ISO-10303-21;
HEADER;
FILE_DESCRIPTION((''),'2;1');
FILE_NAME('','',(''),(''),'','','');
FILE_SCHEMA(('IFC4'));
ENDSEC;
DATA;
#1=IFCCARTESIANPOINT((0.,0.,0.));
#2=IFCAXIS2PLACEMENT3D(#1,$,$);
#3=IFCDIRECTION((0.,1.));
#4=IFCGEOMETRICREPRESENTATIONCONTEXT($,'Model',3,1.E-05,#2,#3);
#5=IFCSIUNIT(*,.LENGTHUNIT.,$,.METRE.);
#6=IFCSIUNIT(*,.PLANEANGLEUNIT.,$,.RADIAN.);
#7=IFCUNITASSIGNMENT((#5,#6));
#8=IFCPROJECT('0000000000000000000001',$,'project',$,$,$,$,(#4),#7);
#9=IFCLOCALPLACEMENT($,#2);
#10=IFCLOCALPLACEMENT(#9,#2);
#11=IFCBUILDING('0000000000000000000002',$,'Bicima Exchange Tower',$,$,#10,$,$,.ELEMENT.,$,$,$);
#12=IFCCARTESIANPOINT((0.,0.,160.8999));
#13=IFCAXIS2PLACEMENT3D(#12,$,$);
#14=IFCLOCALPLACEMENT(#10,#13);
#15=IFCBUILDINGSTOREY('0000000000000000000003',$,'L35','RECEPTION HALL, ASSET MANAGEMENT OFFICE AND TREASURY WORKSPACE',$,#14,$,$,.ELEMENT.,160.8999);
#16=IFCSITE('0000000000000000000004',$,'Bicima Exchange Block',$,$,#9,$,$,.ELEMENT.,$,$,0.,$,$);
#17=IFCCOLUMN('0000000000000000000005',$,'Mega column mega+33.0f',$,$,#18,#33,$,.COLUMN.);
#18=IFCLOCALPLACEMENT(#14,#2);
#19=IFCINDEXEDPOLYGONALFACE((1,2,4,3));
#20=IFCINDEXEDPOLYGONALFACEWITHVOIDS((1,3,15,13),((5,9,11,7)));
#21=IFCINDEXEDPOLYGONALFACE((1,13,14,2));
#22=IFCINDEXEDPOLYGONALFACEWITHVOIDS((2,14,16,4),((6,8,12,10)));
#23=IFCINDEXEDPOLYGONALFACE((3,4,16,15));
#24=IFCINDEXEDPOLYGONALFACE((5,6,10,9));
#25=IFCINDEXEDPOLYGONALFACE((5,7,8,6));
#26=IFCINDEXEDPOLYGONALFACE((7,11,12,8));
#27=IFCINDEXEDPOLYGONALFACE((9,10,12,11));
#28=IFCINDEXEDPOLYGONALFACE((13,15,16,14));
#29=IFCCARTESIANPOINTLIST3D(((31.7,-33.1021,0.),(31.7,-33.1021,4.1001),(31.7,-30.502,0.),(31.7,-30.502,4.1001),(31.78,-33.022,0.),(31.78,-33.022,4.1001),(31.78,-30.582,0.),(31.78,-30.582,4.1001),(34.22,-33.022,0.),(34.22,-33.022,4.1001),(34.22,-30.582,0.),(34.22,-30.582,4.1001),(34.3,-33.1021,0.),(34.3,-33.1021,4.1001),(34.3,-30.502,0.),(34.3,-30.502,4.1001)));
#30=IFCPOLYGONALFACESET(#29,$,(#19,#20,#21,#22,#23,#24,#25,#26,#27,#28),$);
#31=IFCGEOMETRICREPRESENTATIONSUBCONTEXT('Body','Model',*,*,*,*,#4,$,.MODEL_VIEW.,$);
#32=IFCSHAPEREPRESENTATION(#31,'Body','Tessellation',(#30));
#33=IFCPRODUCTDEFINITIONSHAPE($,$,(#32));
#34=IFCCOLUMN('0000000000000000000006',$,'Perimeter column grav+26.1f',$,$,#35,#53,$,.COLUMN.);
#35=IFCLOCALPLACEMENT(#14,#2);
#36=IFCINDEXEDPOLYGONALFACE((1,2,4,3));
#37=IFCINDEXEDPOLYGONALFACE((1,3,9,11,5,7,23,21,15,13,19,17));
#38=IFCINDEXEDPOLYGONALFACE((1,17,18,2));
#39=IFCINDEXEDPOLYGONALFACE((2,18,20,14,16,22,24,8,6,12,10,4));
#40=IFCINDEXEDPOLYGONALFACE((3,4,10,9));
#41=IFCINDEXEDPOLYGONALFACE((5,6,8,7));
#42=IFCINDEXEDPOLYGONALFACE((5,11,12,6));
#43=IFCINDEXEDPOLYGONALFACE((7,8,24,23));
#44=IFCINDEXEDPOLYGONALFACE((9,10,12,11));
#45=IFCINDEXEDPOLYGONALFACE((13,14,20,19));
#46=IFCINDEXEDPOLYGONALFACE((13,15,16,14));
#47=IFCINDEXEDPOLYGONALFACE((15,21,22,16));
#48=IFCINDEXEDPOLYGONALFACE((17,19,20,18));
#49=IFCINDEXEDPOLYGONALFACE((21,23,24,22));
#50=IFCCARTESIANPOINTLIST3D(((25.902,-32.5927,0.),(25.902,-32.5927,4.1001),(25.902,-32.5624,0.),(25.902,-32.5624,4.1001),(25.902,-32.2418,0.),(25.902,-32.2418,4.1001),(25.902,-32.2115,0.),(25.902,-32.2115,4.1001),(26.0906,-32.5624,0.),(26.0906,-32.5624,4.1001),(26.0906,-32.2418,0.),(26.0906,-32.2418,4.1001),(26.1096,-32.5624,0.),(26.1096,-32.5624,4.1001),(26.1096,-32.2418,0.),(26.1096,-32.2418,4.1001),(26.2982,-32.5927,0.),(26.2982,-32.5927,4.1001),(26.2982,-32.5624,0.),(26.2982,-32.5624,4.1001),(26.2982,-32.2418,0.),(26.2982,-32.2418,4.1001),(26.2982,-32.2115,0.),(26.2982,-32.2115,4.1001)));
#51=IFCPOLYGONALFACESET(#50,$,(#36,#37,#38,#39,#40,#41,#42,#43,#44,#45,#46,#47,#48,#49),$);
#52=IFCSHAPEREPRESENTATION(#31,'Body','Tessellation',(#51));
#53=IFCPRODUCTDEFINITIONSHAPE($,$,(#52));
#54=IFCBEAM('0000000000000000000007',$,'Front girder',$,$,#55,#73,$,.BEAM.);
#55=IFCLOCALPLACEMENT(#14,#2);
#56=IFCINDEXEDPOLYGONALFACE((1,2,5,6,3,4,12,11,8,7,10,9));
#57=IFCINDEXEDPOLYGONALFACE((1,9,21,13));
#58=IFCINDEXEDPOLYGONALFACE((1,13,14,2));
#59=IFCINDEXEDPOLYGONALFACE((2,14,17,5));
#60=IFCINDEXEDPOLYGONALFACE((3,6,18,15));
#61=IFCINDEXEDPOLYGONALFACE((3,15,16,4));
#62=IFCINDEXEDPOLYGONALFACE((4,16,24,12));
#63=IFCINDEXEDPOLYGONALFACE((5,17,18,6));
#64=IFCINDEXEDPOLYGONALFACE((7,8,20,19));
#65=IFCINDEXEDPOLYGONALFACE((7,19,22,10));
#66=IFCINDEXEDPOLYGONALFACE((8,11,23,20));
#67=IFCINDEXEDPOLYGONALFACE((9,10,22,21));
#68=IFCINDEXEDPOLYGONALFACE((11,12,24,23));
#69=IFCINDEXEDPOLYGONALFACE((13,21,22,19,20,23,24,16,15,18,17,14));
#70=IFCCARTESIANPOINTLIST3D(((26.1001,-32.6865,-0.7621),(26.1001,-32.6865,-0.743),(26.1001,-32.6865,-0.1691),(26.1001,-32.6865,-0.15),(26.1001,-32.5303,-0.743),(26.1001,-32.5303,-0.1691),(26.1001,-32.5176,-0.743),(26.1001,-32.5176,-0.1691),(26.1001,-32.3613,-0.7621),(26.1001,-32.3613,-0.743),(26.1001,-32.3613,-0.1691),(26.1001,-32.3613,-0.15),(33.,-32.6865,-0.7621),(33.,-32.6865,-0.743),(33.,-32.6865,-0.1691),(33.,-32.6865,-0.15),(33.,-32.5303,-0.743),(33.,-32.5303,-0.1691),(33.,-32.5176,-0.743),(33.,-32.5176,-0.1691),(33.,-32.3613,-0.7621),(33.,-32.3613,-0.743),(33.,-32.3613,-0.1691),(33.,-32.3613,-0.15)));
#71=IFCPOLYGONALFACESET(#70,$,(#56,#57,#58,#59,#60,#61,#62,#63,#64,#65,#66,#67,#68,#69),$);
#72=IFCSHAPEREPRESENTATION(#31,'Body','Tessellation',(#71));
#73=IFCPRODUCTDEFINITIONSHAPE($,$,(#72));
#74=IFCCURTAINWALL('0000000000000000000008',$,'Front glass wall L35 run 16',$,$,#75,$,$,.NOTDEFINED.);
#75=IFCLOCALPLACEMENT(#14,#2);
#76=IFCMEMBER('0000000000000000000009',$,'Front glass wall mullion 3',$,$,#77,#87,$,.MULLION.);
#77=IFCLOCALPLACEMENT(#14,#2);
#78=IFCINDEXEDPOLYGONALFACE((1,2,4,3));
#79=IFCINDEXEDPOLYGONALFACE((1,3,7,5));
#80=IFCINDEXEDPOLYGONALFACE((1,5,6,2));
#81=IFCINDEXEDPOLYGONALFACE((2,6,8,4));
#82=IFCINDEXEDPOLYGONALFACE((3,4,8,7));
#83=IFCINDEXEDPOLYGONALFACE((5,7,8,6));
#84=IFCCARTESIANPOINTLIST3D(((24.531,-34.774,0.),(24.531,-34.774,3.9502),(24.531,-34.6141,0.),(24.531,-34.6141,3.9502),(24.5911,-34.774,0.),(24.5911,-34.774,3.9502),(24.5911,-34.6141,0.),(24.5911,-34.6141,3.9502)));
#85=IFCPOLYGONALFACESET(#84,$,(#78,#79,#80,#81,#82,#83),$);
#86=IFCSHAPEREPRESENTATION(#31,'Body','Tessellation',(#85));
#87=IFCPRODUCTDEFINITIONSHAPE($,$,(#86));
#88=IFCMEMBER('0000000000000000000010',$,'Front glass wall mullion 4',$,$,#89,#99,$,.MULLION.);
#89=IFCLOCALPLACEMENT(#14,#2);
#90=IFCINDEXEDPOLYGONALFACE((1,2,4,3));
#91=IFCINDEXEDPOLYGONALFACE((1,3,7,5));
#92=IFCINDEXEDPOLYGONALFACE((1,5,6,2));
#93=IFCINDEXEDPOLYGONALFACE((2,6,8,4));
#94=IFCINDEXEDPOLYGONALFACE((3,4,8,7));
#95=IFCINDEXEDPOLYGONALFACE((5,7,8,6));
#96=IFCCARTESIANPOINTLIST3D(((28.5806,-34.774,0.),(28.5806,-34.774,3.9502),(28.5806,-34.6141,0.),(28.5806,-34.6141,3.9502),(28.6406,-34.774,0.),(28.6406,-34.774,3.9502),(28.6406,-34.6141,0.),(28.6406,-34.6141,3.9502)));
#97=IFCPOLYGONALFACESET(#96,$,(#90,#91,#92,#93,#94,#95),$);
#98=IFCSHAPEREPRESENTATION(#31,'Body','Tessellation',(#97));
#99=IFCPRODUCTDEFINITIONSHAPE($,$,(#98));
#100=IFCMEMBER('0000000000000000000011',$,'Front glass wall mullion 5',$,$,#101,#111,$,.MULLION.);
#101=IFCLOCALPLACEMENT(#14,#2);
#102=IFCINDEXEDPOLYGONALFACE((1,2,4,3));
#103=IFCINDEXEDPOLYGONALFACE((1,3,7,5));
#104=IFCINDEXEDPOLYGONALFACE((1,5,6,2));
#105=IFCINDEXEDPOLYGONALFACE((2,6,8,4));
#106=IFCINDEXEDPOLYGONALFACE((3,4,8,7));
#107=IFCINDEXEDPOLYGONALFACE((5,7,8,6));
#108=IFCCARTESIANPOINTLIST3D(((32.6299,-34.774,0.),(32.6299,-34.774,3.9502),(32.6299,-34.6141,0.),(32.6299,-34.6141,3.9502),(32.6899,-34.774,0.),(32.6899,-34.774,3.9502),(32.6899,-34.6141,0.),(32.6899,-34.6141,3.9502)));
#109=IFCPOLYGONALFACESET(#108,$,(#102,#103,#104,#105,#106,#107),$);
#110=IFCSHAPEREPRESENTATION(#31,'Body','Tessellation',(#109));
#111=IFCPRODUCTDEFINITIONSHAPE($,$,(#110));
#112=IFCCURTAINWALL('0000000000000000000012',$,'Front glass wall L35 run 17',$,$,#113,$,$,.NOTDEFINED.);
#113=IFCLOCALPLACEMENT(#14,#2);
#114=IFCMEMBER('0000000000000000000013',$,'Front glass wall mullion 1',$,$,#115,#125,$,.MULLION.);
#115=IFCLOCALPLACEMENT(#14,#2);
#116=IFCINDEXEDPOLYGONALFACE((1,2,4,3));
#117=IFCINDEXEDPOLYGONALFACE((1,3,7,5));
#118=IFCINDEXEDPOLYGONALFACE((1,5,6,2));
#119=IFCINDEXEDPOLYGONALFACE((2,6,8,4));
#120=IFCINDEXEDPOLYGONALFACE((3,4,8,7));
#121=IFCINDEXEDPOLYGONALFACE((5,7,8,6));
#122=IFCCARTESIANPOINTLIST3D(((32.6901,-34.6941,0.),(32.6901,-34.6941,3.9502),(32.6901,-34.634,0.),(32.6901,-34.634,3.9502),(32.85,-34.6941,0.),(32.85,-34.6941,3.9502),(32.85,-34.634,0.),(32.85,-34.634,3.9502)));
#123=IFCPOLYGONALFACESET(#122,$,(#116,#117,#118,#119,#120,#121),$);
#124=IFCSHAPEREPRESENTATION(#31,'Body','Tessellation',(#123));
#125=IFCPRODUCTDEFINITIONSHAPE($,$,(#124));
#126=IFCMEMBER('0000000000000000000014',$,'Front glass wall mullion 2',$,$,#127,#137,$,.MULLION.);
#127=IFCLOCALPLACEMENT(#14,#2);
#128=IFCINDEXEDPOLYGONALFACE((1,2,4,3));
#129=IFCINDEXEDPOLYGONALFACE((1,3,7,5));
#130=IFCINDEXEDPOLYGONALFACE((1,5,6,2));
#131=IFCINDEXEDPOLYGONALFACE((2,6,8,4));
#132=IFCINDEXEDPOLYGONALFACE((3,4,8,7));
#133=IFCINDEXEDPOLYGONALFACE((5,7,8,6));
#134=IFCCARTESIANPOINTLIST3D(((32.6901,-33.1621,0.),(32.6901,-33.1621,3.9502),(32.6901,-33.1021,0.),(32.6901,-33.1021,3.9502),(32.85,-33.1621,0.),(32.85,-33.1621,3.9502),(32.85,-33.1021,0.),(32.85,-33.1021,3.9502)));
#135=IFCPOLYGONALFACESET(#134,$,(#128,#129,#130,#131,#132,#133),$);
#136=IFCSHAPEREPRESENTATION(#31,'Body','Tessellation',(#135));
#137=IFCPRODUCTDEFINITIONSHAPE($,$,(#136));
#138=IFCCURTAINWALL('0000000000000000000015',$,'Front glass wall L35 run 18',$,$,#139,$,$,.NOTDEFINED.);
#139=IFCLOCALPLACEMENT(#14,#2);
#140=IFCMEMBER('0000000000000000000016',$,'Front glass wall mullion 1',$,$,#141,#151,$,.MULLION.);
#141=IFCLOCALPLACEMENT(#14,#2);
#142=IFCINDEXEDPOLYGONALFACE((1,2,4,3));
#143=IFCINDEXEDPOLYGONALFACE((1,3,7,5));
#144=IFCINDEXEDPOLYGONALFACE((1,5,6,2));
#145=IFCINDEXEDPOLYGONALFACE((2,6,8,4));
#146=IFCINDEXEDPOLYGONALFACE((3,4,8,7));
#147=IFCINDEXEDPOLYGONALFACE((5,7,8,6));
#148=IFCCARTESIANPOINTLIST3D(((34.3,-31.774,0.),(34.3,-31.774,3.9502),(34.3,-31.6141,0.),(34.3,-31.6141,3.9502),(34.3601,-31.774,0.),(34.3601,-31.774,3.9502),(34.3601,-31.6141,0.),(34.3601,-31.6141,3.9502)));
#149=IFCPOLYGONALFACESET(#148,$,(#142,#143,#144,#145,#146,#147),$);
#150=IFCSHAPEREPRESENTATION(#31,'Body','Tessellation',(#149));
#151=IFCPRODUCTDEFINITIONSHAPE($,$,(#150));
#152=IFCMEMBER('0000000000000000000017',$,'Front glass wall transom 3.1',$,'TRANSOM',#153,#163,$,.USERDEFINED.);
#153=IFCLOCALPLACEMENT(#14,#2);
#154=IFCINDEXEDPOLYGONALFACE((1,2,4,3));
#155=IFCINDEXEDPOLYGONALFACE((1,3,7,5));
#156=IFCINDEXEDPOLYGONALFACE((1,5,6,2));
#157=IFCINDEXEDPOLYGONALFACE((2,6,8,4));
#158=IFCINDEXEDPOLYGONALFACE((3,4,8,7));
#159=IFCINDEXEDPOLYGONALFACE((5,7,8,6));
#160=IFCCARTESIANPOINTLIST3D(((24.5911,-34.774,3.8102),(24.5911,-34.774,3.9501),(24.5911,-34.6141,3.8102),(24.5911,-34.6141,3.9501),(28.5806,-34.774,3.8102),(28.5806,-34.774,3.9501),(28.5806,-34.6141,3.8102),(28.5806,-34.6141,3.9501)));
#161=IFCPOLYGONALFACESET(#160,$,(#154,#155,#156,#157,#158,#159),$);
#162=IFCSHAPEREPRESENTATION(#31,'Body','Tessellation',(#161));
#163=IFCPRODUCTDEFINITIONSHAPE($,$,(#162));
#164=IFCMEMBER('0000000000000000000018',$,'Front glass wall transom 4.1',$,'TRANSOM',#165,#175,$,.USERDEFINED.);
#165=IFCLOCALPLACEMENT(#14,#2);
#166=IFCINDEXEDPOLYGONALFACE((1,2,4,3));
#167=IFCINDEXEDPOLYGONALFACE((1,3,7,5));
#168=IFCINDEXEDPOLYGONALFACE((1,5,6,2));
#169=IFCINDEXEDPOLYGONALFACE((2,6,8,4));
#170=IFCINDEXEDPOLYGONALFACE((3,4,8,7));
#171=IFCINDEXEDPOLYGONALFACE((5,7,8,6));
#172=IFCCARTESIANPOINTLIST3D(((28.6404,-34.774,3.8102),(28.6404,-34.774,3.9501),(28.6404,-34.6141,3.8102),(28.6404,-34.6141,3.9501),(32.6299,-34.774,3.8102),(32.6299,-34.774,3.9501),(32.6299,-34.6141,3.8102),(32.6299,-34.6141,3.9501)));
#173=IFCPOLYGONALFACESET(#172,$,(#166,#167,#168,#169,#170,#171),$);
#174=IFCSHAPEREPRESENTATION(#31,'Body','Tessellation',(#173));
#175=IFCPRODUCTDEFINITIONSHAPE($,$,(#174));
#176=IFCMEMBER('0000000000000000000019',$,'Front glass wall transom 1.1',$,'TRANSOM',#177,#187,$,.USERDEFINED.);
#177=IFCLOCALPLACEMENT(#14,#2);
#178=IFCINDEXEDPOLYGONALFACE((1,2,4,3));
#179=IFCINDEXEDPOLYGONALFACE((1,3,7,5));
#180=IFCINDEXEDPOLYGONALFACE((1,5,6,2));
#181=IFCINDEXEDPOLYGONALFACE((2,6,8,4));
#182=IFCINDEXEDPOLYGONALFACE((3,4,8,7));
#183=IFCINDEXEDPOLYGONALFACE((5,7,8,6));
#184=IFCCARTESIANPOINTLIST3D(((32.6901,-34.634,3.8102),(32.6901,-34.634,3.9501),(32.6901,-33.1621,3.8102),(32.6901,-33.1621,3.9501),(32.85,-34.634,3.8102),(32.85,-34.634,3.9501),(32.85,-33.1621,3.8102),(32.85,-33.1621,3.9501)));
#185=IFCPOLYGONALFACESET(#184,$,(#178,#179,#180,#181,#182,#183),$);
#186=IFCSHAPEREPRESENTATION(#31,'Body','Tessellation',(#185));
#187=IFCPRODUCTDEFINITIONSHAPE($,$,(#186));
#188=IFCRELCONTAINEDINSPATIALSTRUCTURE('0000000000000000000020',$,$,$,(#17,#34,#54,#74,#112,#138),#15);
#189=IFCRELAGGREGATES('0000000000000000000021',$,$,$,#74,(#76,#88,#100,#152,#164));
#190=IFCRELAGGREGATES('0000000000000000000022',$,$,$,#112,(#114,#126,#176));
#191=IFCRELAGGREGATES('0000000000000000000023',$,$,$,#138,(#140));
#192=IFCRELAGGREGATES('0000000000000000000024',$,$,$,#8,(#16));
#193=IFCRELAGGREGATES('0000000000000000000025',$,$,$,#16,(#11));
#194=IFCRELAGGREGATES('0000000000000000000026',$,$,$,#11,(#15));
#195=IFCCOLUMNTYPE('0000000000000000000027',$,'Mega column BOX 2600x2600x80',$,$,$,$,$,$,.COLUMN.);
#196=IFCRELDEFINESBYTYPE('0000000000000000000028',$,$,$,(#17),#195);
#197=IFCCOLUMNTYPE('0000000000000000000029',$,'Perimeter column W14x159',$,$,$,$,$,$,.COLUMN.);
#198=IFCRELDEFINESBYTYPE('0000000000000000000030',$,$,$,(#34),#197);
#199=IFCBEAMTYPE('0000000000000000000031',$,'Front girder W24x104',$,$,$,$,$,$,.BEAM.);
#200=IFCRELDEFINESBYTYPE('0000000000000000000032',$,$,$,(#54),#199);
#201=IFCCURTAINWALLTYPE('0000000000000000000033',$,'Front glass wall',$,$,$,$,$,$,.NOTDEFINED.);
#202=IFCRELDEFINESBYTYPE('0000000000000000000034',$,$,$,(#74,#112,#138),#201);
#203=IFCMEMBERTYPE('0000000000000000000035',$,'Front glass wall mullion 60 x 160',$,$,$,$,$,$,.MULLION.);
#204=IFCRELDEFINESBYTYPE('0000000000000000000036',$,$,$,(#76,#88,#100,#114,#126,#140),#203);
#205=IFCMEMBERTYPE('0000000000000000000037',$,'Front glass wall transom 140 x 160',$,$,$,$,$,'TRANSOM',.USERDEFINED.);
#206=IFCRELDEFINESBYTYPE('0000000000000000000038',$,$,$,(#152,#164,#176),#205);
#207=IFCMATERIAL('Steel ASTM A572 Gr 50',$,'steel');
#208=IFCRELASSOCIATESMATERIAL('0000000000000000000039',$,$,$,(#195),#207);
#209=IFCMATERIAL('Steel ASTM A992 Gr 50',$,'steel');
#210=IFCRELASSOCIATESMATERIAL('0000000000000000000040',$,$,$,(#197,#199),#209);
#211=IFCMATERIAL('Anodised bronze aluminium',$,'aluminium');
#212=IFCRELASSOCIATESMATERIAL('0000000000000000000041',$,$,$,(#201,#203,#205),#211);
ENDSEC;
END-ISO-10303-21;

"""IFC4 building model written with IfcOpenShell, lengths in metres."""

from ifc_helpers import new_model, si_unit, direction, frame, origin, origin_2d, place, context, subcontext, project, spatial, rectangle, hollow_rectangle, i_section, extrude, material, material_profile, profile_set, type_object, element, aggregate, save


model = new_model("IFC4")

# Units and contexts
model_context = context("Model", 3, precision=1e-05, world=origin(), true_north=direction((0.0, 1.0)))
body_context = subcontext(model_context, "Body", "Model", "MODEL_VIEW")
ifc_project = project(units=[si_unit("LENGTHUNIT", "METRE"), si_unit("PLANEANGLEUNIT", "RADIAN")], contexts=[model_context])

# Site, building, storey
site_placement = place(None, origin())
site = spatial("IfcSite", under=ifc_project, at=site_placement, Name="Bicima Exchange Block", CompositionType="ELEMENT", RefElevation=0.0)
building_placement = place(site_placement, origin())
building = spatial("IfcBuilding", under=site, at=building_placement, Name="Bicima Exchange Tower", CompositionType="ELEMENT")
storey_placement = place(building_placement, frame((0.0, 0.0, 160.8999)))
storey = spatial("IfcBuildingStorey", under=building, at=storey_placement, Name="L35", Description="RECEPTION HALL, ASSET MANAGEMENT OFFICE AND TREASURY WORKSPACE", CompositionType="ELEMENT", Elevation=160.8999)

# Columns
ifc_material_1 = material(Name="Steel ASTM A572 Gr 50", Category="steel")
ifc_material_profile_1 = material_profile(ifc_material_1, hollow_rectangle(XDim=2.6001, YDim=2.6001, WallThickness=0.0801, at=origin_2d()))
ifc_profile_set_1 = profile_set([ifc_material_profile_1], Name="Steel ASTM A572 Gr 50")
column_type_1 = type_object("IfcColumnType", Name="Mega column BOX 2600x2600x80", PredefinedType="COLUMN", material=ifc_profile_set_1)
column_1_placement = place(storey_placement, frame((33.0, -31.802, 0.0), z_axis=(0.0, 0.0, 1.0), x_axis=(1.0, 0.0, 0.0)))
element("IfcColumn", 1, at=column_1_placement, inside=storey, type_object=column_type_1, Name="Mega column mega+33.0f", PredefinedType="COLUMN", context=body_context, shape_type="SweptSolid", body=[
    extrude(hollow_rectangle(XDim=2.6001, YDim=2.6001, WallThickness=0.0801, at=origin_2d()), origin(), (0.0, 0.0, 1.0), 4.1001),
])
ifc_material_2 = material(Name="Steel ASTM A992 Gr 50", Category="steel")
ifc_material_profile_2 = material_profile(ifc_material_2, i_section(OverallWidth=0.3962, OverallDepth=0.3811, WebThickness=0.019, FlangeThickness=0.0303, at=origin_2d()))
ifc_profile_set_2 = profile_set([ifc_material_profile_2], Name="Steel ASTM A992 Gr 50")
column_type_2 = type_object("IfcColumnType", Name="Perimeter column W14x159", PredefinedType="COLUMN", material=ifc_profile_set_2)
column_2_placement = place(storey_placement, frame((26.1001, -32.4021, 0.0), z_axis=(0.0, 0.0, 1.0), x_axis=(1.0, 0.0, 0.0)))
element("IfcColumn", 2, at=column_2_placement, inside=storey, type_object=column_type_2, Name="Perimeter column grav+26.1f", PredefinedType="COLUMN", context=body_context, shape_type="SweptSolid", body=[
    extrude(i_section(OverallWidth=0.3962, OverallDepth=0.3811, WebThickness=0.019, FlangeThickness=0.0303, at=origin_2d()), origin(), (0.0, 0.0, 1.0), 4.1001),
])

# Beam
ifc_material_profile_3 = material_profile(ifc_material_2, i_section(OverallWidth=0.3252, OverallDepth=0.6121, WebThickness=0.0127, FlangeThickness=0.019, at=origin_2d()))
ifc_profile_set_3 = profile_set([ifc_material_profile_3], Name="Steel ASTM A992 Gr 50")
beam_type = type_object("IfcBeamType", Name="Front girder W24x104", PredefinedType="BEAM", material=ifc_profile_set_3)
beam_placement = place(storey_placement, frame((26.1001, -32.5239, -0.4561), z_axis=(1.0, 0.0, 0.0), x_axis=(0.0, 1.0, 0.0)))
element("IfcBeam", 3, at=beam_placement, inside=storey, type_object=beam_type, Name="Front girder", PredefinedType="BEAM", context=body_context, shape_type="SweptSolid", body=[
    extrude(i_section(OverallWidth=0.3252, OverallDepth=0.6121, WebThickness=0.0127, FlangeThickness=0.019, at=origin_2d()), origin(), (0.0, 0.0, 1.0), 6.8999),
])

# Curtain walls, members
ifc_material_3 = material(Name="Anodised bronze aluminium", Category="aluminium")
curtain_wall_type = type_object("IfcCurtainWallType", Name="Front glass wall", PredefinedType="NOTDEFINED", material=ifc_material_3)
curtain_wall_1_placement = place(storey_placement, origin())
curtain_wall_1 = element("IfcCurtainWall", 4, at=curtain_wall_1_placement, inside=storey, type_object=curtain_wall_type, Name="Front glass wall L35 run 16", PredefinedType="NOTDEFINED")
ifc_material_profile_4 = material_profile(ifc_material_3, rectangle(XDim=0.1599, YDim=0.0601, at=origin_2d()))
ifc_profile_set_4 = profile_set([ifc_material_profile_4], Name="Anodised bronze aluminium")
member_type_1 = type_object("IfcMemberType", Name="Front glass wall mullion 60 x 160", PredefinedType="MULLION", material=ifc_profile_set_4)
member_1_placement = place(storey_placement, frame((24.561, -34.6941, 0.0), z_axis=(0.0, 0.0, 1.0), x_axis=(0.0, 1.0, 0.0)))
member_1 = element("IfcMember", 5, at=member_1_placement, type_object=member_type_1, Name="Front glass wall mullion 3", PredefinedType="MULLION", context=body_context, shape_type="SweptSolid", body=[
    extrude(rectangle(XDim=0.1599, YDim=0.0601, at=origin_2d()), origin(), (0.0, 0.0, 1.0), 3.9502),
])
member_2_placement = place(storey_placement, frame((28.6106, -34.6941, 0.0), z_axis=(0.0, 0.0, 1.0), x_axis=(0.0, 1.0, 0.0)))
member_2 = element("IfcMember", 6, at=member_2_placement, type_object=member_type_1, Name="Front glass wall mullion 4", PredefinedType="MULLION", context=body_context, shape_type="SweptSolid", body=[
    extrude(rectangle(XDim=0.1599, YDim=0.0601, at=origin_2d()), origin(), (0.0, 0.0, 1.0), 3.9502),
])
member_3_placement = place(storey_placement, frame((32.6599, -34.6941, 0.0), z_axis=(0.0, 0.0, 1.0), x_axis=(0.0, 1.0, 0.0)))
member_3 = element("IfcMember", 7, at=member_3_placement, type_object=member_type_1, Name="Front glass wall mullion 5", PredefinedType="MULLION", context=body_context, shape_type="SweptSolid", body=[
    extrude(rectangle(XDim=0.1599, YDim=0.0601, at=origin_2d()), origin(), (0.0, 0.0, 1.0), 3.9502),
])
curtain_wall_2_placement = place(storey_placement, origin())
curtain_wall_2 = element("IfcCurtainWall", 8, at=curtain_wall_2_placement, inside=storey, type_object=curtain_wall_type, Name="Front glass wall L35 run 17", PredefinedType="NOTDEFINED")
member_4_placement = place(storey_placement, frame((32.77, -34.6641, 0.0), z_axis=(0.0, 0.0, 1.0), x_axis=(-1.0, 0.0, 0.0)))
member_4 = element("IfcMember", 9, at=member_4_placement, type_object=member_type_1, Name="Front glass wall mullion 1", PredefinedType="MULLION", context=body_context, shape_type="SweptSolid", body=[
    extrude(rectangle(XDim=0.1599, YDim=0.0601, at=origin_2d()), origin(), (0.0, 0.0, 1.0), 3.9502),
])
member_5_placement = place(storey_placement, frame((32.77, -33.1321, 0.0), z_axis=(0.0, 0.0, 1.0), x_axis=(-1.0, 0.0, 0.0)))
member_5 = element("IfcMember", 10, at=member_5_placement, type_object=member_type_1, Name="Front glass wall mullion 2", PredefinedType="MULLION", context=body_context, shape_type="SweptSolid", body=[
    extrude(rectangle(XDim=0.1599, YDim=0.0601, at=origin_2d()), origin(), (0.0, 0.0, 1.0), 3.9502),
])

# Curtain wall, member
curtain_wall_3_placement = place(storey_placement, origin())
curtain_wall_3 = element("IfcCurtainWall", 11, at=curtain_wall_3_placement, inside=storey, type_object=curtain_wall_type, Name="Front glass wall L35 run 18", PredefinedType="NOTDEFINED")
member_6_placement = place(storey_placement, frame((34.3301, -31.6941, 0.0), z_axis=(0.0, 0.0, 1.0), x_axis=(0.0, 1.0, 0.0)))
member_6 = element("IfcMember", 12, at=member_6_placement, type_object=member_type_1, Name="Front glass wall mullion 1", PredefinedType="MULLION", context=body_context, shape_type="SweptSolid", body=[
    extrude(rectangle(XDim=0.1599, YDim=0.0601, at=origin_2d()), origin(), (0.0, 0.0, 1.0), 3.9502),
])

# Members
ifc_material_profile_5 = material_profile(ifc_material_3, rectangle(XDim=0.1599, YDim=0.1399, at=origin_2d()))
ifc_profile_set_5 = profile_set([ifc_material_profile_5], Name="Anodised bronze aluminium")
member_type_2 = type_object("IfcMemberType", Name="Front glass wall transom 140 x 160", ElementType="TRANSOM", PredefinedType="USERDEFINED", material=ifc_profile_set_5)
member_7_placement = place(storey_placement, frame((24.5911, -34.6941, 3.8801), z_axis=(1.0, 0.0, 0.0), x_axis=(0.0, 1.0, 0.0)))
member_7 = element("IfcMember", 13, at=member_7_placement, type_object=member_type_2, Name="Front glass wall transom 3.1", ObjectType="TRANSOM", PredefinedType="USERDEFINED", context=body_context, shape_type="SweptSolid", body=[
    extrude(rectangle(XDim=0.1599, YDim=0.1399, at=origin_2d()), origin(), (0.0, 0.0, 1.0), 3.9895),
])
member_8_placement = place(storey_placement, frame((28.6404, -34.6941, 3.8801), z_axis=(1.0, 0.0, 0.0), x_axis=(0.0, 1.0, 0.0)))
member_8 = element("IfcMember", 14, at=member_8_placement, type_object=member_type_2, Name="Front glass wall transom 4.1", ObjectType="TRANSOM", PredefinedType="USERDEFINED", context=body_context, shape_type="SweptSolid", body=[
    extrude(rectangle(XDim=0.1599, YDim=0.1399, at=origin_2d()), origin(), (0.0, 0.0, 1.0), 3.9895),
])
member_9_placement = place(storey_placement, frame((32.77, -34.634, 3.8801), z_axis=(0.0, 1.0, 0.0), x_axis=(-1.0, 0.0, 0.0)))
member_9 = element("IfcMember", 15, at=member_9_placement, type_object=member_type_2, Name="Front glass wall transom 1.1", ObjectType="TRANSOM", PredefinedType="USERDEFINED", context=body_context, shape_type="SweptSolid", body=[
    extrude(rectangle(XDim=0.1599, YDim=0.1399, at=origin_2d()), origin(), (0.0, 0.0, 1.0), 1.4719),
])

aggregate(curtain_wall_1, [member_1, member_2, member_3, member_7, member_8])
aggregate(curtain_wall_2, [member_4, member_5, member_9])
aggregate(curtain_wall_3, [member_6])

save(model, "model.ifc")
